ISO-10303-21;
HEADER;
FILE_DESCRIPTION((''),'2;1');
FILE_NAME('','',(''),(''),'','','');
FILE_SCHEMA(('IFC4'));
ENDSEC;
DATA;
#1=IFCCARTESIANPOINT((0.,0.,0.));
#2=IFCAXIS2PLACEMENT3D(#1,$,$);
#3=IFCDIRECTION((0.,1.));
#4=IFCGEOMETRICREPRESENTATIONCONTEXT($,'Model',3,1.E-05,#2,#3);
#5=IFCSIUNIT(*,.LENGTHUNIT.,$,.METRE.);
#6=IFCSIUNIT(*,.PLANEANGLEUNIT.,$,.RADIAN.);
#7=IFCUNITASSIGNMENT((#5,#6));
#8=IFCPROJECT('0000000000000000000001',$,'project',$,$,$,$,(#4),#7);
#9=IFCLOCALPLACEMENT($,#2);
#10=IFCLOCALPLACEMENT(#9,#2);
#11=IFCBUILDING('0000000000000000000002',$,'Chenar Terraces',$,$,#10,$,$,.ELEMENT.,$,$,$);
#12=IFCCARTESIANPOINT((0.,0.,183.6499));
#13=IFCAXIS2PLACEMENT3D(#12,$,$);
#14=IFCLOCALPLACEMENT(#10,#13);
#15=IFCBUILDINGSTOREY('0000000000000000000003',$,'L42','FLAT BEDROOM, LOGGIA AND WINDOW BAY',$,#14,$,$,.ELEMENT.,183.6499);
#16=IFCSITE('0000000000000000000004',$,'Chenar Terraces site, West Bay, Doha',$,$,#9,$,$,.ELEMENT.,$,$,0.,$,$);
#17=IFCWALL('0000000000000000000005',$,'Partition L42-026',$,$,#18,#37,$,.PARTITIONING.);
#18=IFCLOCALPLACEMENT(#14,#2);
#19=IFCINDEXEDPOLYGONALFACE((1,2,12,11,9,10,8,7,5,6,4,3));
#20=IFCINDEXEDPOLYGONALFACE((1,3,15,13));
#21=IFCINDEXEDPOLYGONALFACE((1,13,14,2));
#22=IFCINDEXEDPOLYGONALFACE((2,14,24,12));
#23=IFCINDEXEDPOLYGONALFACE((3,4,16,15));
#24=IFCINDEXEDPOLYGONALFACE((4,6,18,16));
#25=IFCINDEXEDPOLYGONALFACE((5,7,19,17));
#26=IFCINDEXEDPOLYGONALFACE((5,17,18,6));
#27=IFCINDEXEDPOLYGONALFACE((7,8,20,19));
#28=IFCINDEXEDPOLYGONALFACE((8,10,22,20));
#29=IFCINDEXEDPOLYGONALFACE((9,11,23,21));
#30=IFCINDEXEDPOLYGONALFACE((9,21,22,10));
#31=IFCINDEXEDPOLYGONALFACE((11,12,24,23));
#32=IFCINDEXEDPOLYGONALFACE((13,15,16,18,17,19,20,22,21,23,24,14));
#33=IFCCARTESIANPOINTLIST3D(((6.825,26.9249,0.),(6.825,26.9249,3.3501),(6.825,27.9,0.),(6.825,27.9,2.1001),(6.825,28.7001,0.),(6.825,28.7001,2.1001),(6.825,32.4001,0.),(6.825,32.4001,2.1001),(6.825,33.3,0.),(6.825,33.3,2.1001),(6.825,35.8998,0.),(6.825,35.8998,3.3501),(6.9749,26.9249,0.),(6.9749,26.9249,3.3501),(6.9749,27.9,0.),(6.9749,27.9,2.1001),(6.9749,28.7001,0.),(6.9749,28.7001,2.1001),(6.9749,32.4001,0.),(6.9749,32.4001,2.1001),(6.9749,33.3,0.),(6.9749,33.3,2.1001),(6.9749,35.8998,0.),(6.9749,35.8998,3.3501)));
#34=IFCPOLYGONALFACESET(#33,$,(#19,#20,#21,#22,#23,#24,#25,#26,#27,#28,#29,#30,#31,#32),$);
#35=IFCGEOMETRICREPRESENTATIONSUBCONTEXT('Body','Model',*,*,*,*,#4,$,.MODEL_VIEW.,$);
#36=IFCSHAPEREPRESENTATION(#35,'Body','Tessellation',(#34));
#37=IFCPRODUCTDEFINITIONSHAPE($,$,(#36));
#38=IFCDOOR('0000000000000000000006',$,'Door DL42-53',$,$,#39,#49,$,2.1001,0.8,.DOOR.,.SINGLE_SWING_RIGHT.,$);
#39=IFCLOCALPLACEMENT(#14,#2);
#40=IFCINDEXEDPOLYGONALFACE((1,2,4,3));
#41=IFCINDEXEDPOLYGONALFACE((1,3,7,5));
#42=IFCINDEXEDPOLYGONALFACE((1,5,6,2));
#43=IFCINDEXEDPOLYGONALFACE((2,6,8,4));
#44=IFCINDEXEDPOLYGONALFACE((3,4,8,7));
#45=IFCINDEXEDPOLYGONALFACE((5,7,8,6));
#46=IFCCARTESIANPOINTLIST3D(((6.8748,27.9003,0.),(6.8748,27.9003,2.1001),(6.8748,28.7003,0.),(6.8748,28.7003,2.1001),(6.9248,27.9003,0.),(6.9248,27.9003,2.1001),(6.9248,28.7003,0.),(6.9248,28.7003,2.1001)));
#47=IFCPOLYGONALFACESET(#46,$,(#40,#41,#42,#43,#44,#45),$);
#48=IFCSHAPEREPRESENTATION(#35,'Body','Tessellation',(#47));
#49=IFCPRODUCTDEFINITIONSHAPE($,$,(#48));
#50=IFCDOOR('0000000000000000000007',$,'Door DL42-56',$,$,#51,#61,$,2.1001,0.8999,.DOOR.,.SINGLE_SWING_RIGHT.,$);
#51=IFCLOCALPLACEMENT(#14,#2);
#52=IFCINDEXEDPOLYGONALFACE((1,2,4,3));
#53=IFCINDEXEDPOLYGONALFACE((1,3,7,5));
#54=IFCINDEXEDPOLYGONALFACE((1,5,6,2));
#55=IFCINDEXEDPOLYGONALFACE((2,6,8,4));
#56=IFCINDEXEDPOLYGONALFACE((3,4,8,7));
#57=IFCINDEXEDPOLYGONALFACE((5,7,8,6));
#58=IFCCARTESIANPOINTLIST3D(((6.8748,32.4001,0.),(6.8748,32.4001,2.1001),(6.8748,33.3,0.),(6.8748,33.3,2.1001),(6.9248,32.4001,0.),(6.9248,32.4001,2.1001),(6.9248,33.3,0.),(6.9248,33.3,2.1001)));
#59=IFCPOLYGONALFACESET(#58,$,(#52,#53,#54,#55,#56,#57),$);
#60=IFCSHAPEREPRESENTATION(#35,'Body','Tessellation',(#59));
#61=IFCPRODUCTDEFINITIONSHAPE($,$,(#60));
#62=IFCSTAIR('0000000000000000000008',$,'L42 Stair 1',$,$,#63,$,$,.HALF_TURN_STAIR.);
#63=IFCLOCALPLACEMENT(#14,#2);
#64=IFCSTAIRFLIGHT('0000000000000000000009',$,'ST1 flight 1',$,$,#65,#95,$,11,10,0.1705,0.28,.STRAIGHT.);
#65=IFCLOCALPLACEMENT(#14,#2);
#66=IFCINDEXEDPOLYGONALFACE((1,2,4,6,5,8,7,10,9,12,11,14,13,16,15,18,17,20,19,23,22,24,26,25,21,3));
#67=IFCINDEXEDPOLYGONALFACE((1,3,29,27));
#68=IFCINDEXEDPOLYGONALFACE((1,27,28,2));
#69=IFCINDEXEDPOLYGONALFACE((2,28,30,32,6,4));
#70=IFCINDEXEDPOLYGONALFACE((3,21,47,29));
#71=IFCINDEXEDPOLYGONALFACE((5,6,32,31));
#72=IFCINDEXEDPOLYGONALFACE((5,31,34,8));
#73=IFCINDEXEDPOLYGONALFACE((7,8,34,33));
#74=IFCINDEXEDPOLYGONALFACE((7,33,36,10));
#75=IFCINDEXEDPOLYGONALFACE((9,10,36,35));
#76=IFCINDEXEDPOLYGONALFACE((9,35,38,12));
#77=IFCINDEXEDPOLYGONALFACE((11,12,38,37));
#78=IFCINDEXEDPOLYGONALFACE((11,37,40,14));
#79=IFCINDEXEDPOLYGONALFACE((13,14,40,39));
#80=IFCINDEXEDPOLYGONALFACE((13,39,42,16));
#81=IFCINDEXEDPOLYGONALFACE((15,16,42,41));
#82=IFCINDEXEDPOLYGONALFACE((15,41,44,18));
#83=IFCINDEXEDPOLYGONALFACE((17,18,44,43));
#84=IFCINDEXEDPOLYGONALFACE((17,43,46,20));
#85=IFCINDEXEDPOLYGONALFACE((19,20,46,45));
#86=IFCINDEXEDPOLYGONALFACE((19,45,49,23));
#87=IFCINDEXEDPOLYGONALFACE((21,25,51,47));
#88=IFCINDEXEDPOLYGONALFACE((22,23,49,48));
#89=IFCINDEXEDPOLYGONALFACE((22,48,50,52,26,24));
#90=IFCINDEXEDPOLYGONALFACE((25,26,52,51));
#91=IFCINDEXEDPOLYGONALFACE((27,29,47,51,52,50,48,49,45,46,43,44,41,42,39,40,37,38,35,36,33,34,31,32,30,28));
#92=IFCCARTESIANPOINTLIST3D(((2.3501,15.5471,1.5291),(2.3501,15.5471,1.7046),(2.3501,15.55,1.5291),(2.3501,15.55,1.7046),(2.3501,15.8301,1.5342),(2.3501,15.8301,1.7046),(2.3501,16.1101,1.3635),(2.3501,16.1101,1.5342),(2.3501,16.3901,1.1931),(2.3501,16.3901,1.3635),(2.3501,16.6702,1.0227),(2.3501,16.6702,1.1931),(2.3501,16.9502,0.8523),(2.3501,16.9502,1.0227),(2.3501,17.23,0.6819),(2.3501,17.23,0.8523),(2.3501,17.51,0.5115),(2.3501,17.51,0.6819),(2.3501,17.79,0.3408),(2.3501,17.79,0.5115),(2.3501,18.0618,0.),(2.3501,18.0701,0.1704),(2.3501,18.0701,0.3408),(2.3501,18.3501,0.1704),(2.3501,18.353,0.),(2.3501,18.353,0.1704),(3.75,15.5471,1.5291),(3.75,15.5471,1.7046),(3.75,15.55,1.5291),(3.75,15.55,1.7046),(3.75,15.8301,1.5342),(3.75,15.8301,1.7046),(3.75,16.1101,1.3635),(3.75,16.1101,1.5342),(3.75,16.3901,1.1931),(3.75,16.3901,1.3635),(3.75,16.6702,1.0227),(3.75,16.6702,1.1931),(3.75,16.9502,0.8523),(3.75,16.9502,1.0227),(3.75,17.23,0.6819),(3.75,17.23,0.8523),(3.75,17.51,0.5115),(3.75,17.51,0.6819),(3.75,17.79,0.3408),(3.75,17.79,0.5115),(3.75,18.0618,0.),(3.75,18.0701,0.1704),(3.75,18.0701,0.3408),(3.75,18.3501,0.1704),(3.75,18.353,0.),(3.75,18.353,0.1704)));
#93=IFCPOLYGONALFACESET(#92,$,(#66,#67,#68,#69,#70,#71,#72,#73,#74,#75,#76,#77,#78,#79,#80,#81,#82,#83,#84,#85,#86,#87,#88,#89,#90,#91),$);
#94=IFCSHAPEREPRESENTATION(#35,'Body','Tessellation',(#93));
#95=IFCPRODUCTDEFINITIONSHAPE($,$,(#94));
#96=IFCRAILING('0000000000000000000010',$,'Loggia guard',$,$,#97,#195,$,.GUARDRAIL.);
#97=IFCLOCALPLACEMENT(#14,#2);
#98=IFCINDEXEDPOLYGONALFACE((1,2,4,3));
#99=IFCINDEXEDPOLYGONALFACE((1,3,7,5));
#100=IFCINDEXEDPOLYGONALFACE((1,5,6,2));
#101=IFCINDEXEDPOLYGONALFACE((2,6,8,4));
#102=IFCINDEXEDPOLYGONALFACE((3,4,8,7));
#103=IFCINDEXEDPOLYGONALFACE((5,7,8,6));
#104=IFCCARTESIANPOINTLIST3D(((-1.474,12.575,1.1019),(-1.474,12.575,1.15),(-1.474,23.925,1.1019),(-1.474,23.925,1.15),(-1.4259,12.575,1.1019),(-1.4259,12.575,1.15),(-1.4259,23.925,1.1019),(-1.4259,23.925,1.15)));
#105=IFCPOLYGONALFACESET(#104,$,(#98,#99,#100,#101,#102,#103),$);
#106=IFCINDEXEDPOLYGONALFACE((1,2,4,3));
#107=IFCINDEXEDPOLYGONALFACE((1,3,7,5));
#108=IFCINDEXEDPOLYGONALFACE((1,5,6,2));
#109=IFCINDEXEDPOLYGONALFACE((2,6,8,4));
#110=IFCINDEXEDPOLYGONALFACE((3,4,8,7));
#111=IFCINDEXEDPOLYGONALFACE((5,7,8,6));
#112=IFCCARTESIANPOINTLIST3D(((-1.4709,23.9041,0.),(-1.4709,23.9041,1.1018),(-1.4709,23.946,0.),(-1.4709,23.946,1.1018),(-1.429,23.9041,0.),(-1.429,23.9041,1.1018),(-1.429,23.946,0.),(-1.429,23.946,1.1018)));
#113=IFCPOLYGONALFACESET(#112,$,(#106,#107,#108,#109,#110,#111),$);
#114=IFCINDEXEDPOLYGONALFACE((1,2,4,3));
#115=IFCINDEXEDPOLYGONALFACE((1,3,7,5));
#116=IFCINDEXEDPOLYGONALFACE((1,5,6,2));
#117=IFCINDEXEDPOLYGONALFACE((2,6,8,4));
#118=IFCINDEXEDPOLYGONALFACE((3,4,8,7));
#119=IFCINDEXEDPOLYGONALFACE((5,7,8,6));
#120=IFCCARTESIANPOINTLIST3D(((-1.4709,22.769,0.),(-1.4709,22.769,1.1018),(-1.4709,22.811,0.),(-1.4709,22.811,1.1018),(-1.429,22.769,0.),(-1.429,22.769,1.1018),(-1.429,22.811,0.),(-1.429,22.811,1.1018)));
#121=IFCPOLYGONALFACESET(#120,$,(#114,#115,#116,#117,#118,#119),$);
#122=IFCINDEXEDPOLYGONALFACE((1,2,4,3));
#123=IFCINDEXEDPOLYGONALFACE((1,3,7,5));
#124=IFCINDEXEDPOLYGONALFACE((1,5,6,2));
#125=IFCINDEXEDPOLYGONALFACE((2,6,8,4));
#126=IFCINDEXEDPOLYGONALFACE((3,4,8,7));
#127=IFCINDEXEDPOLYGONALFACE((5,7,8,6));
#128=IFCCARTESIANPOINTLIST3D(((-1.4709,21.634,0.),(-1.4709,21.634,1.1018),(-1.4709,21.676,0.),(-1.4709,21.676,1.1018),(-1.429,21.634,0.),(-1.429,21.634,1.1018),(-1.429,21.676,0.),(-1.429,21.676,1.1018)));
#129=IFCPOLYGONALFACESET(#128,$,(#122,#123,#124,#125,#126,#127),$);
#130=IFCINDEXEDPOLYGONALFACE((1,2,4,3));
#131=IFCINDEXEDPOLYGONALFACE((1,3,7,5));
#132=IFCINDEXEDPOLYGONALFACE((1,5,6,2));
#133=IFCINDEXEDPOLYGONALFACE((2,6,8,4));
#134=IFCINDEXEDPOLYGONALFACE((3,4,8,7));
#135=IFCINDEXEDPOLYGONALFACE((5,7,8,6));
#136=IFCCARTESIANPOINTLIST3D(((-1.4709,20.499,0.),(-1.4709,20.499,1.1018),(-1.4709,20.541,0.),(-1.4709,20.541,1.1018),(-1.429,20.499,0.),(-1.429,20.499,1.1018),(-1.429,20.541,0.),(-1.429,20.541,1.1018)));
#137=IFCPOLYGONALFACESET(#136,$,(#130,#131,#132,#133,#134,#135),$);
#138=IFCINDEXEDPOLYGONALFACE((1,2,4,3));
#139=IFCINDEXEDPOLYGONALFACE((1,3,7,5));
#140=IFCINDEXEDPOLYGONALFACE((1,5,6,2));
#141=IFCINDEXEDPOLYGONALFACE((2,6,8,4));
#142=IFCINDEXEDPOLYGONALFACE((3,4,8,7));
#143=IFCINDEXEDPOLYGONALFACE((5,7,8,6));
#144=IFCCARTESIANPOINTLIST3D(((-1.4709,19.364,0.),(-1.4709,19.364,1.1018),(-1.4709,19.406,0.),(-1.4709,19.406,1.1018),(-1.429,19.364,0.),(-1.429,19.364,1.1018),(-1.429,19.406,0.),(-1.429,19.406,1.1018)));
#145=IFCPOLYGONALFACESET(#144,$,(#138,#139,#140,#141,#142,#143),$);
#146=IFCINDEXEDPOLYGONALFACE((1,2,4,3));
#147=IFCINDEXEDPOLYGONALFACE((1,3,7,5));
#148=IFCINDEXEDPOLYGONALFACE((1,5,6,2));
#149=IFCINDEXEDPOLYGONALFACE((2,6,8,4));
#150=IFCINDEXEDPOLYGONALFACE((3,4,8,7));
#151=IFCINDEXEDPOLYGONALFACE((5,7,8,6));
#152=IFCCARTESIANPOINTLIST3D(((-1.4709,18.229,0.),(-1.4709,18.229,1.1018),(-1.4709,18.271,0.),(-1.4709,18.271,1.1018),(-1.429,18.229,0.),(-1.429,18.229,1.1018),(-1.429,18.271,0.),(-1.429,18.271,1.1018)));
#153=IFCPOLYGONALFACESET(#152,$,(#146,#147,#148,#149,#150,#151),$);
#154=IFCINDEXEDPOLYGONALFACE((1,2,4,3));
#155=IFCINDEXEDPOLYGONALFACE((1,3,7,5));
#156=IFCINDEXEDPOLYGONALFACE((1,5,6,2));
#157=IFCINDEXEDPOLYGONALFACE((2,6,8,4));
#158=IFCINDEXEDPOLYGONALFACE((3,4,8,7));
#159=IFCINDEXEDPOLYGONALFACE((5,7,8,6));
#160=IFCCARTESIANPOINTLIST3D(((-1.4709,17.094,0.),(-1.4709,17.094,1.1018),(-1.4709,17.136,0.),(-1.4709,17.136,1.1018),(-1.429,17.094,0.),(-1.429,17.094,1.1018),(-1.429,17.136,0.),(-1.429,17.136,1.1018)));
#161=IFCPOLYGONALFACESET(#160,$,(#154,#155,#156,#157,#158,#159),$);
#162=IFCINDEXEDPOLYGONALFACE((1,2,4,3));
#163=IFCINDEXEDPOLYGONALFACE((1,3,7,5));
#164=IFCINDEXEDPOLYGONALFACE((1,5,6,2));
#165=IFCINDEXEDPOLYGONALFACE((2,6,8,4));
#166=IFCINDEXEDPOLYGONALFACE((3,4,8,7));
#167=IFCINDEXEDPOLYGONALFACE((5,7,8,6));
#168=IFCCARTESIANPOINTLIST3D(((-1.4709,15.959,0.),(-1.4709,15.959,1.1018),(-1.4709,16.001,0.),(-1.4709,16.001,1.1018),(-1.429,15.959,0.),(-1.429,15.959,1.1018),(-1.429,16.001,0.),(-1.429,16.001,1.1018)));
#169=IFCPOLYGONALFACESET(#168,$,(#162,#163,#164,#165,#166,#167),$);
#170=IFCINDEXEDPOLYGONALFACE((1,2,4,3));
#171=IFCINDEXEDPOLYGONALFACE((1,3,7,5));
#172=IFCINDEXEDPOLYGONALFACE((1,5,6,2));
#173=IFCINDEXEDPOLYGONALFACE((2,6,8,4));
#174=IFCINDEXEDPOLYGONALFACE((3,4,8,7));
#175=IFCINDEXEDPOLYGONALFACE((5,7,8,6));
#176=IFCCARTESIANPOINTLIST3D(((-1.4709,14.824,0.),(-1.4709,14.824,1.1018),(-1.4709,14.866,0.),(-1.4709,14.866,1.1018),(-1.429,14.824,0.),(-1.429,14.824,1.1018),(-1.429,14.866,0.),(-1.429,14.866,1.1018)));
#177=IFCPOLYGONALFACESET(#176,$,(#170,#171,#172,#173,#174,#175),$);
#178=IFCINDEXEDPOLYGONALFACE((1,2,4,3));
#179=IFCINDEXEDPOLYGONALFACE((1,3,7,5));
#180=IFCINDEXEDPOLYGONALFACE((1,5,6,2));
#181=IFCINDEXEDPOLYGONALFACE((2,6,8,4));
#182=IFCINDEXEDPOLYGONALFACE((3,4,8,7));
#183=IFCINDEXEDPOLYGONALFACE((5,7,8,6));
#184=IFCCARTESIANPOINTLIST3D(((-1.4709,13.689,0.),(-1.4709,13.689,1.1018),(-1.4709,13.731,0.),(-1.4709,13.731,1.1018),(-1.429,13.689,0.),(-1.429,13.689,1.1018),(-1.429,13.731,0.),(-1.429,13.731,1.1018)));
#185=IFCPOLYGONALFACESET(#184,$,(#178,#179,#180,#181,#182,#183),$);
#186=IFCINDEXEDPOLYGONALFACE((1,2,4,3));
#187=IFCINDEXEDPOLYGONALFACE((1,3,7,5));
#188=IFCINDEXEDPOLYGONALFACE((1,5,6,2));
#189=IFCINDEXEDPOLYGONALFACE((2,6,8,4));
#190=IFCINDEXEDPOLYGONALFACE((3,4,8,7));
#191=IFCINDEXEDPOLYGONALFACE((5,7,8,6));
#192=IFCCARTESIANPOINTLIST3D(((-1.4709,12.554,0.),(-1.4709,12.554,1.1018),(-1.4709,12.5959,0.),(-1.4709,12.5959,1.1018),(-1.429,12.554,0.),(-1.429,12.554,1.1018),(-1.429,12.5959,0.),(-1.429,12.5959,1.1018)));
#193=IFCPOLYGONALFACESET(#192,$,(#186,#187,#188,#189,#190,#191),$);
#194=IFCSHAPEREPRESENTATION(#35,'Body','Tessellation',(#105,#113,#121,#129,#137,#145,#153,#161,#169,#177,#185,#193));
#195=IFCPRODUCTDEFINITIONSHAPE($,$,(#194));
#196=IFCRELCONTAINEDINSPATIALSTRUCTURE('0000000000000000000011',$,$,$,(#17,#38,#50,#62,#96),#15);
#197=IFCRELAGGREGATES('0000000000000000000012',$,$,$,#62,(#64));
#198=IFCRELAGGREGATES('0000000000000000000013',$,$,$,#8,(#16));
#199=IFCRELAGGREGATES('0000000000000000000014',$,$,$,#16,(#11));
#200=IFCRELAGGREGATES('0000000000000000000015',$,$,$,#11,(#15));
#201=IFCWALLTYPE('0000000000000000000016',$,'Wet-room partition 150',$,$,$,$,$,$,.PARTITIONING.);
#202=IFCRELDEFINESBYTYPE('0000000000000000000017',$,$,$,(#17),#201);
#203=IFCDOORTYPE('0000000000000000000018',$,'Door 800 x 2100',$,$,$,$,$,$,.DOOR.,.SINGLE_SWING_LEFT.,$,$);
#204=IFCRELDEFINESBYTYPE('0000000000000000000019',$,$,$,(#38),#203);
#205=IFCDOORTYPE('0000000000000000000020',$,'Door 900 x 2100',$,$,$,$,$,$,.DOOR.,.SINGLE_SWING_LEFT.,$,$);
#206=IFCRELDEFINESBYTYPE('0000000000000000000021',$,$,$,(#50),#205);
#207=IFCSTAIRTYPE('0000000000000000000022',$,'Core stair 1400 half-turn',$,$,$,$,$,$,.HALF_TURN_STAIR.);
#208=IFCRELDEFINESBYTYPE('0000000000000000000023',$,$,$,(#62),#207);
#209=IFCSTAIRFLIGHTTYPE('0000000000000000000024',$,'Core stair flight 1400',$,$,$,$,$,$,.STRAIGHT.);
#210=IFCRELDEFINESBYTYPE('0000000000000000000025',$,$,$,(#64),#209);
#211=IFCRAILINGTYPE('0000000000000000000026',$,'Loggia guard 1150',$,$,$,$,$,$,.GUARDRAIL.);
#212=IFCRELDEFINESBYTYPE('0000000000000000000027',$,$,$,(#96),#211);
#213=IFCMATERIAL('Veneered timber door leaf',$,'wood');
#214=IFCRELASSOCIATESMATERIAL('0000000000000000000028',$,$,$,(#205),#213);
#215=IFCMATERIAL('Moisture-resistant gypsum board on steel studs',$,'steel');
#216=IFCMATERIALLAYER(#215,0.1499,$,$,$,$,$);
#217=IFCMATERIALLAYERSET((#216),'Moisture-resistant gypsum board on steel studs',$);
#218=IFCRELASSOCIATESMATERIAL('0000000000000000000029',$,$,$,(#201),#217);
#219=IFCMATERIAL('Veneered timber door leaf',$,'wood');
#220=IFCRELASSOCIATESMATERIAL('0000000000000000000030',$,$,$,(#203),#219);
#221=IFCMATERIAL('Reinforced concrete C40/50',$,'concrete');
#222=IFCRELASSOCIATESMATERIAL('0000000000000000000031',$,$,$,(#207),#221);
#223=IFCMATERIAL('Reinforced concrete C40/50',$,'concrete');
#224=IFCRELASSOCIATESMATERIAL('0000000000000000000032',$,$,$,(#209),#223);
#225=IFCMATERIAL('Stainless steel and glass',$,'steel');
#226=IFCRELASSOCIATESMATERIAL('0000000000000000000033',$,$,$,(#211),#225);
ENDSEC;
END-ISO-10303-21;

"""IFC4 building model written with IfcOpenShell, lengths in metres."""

from ifc_helpers import new_model, si_unit, direction, frame, frame_2d, origin, origin_2d, place, context, subcontext, project, spatial, polyline, rectangle, outline, extrude, material, layer, layer_set, type_object, element, fill, aggregate, save


model = new_model("IFC4")

# Units and contexts
model_context = context("Model", 3, precision=1e-05, world=origin(), true_north=direction((0.0, 1.0)))
body_context = subcontext(model_context, "Body", "Model", "MODEL_VIEW")
ifc_project = project(units=[si_unit("LENGTHUNIT", "METRE"), si_unit("PLANEANGLEUNIT", "RADIAN")], contexts=[model_context])

# Site, building, storey
site_placement = place(None, origin())
site = spatial("IfcSite", under=ifc_project, at=site_placement, Name="Chenar Terraces site, West Bay, Doha", CompositionType="ELEMENT", RefElevation=0.0)
building_placement = place(site_placement, origin())
building = spatial("IfcBuilding", under=site, at=building_placement, Name="Chenar Terraces", CompositionType="ELEMENT")
storey_placement = place(building_placement, frame((0.0, 0.0, 183.6499)))
storey = spatial("IfcBuildingStorey", under=building, at=storey_placement, Name="L42", Description="FLAT BEDROOM, LOGGIA AND WINDOW BAY", CompositionType="ELEMENT", Elevation=183.6499)

# Shared definitions
ifc_material_1 = material(Name="Veneered timber door leaf", Category="wood")
door_type_1 = type_object("IfcDoorType", Name="Door 900 x 2100", OperationType="SINGLE_SWING_LEFT", PredefinedType="DOOR", material=ifc_material_1)

# Wall, openings, doors
ifc_material_2 = material(Name="Moisture-resistant gypsum board on steel studs", Category="steel")
ifc_layer_1 = layer(ifc_material_2, 0.1499)
ifc_layer_set_1 = layer_set([ifc_layer_1], Name="Moisture-resistant gypsum board on steel studs")
wall_type_1 = type_object("IfcWallType", Name="Wet-room partition 150", PredefinedType="PARTITIONING", material=ifc_layer_set_1)
wall_1_placement = place(storey_placement, frame((6.8999, 26.925, 0.0), z_axis=(0.0, 0.0, 1.0), x_axis=(0.0, 1.0, 0.0)))
wall_1 = element("IfcWall", 1, at=wall_1_placement, inside=storey, type_object=wall_type_1, Name="Partition L42-026", PredefinedType="PARTITIONING", context=body_context, shape_type="SweptSolid", body=[
    extrude(rectangle(XDim=8.9749, YDim=0.1499, at=frame_2d((4.4873, 0.0))), origin(), (0.0, 0.0, 1.0), 3.3501),
])
opening_1_placement = place(wall_1_placement, frame((0.9751, 0.0, 0.0)))
opening_1 = element("IfcOpeningElement", 2, at=opening_1_placement, cuts=wall_1, PredefinedType="OPENING", context=body_context, shape_type="SweptSolid", body=[
    extrude(rectangle(XDim=0.8, YDim=2.1001, at=frame_2d((0.3999, 1.05))), frame((0.0, 0.085, 0.0), z_axis=(0.0, -1.0, 0.0), x_axis=(1.0, 0.0, 0.0)), (0.0, 0.0, 1.0), 0.1699),
])
opening_2_placement = place(wall_1_placement, frame((5.4751, 0.0, 0.0)))
opening_2 = element("IfcOpeningElement", 3, at=opening_2_placement, cuts=wall_1, PredefinedType="OPENING", context=body_context, shape_type="SweptSolid", body=[
    extrude(rectangle(XDim=0.8999, YDim=2.1001, at=frame_2d((0.45, 1.05))), frame((0.0, 0.085, 0.0), z_axis=(0.0, -1.0, 0.0), x_axis=(1.0, 0.0, 0.0)), (0.0, 0.0, 1.0), 0.1699),
])
ifc_material_3 = material(Name="Veneered timber door leaf", Category="wood")
door_type_2 = type_object("IfcDoorType", Name="Door 800 x 2100", OperationType="SINGLE_SWING_LEFT", PredefinedType="DOOR", material=ifc_material_3)
door_1_placement = place(opening_1_placement, frame((0.8, 0.0, 0.0), z_axis=(0.0, 0.0, 1.0), x_axis=(-1.0, 0.0, 0.0)))
door_1 = element("IfcDoor", 4, at=door_1_placement, inside=storey, type_object=door_type_2, Name="Door DL42-53", OperationType="SINGLE_SWING_RIGHT", OverallHeight=2.1001, OverallWidth=0.8, PredefinedType="DOOR", context=body_context, shape_type="SweptSolid", body=[
    extrude(rectangle(XDim=0.8, YDim=2.1001, at=frame_2d((0.3999, 1.05))), frame((0.0, 0.0249, 0.0), z_axis=(0.0, -1.0, 0.0), x_axis=(1.0, 0.0, 0.0)), (0.0, 0.0, 1.0), 0.05),
])
fill(opening_1, door_1)
door_2_placement = place(opening_2_placement, frame((0.8999, 0.0, 0.0), z_axis=(0.0, 0.0, 1.0), x_axis=(-1.0, 0.0, 0.0)))
door_2 = element("IfcDoor", 5, at=door_2_placement, inside=storey, type_object=door_type_1, Name="Door DL42-56", OperationType="SINGLE_SWING_RIGHT", OverallHeight=2.1001, OverallWidth=0.8999, PredefinedType="DOOR", context=body_context, shape_type="SweptSolid", body=[
    extrude(rectangle(XDim=0.8999, YDim=2.1001, at=frame_2d((0.45, 1.05))), frame((0.0, 0.0249, 0.0), z_axis=(0.0, -1.0, 0.0), x_axis=(1.0, 0.0, 0.0)), (0.0, 0.0, 1.0), 0.05),
])
fill(opening_2, door_2)

# Stair, stair flight
ifc_material_4 = material(Name="Reinforced concrete C40/50", Category="concrete")
stair_type = type_object("IfcStairType", Name="Core stair 1400 half-turn", PredefinedType="HALF_TURN_STAIR", material=ifc_material_4)
stair_placement = place(storey_placement, origin())
stair = element("IfcStair", 6, at=stair_placement, inside=storey, type_object=stair_type, Name="L42 Stair 1", PredefinedType="HALF_TURN_STAIR")
ifc_material_5 = material(Name="Reinforced concrete C40/50", Category="concrete")
stair_flight_type = type_object("IfcStairFlightType", Name="Core stair flight 1400", PredefinedType="STRAIGHT", material=ifc_material_5)
stair_flight_placement = place(storey_placement, frame((3.05, 18.3501, 0.0), z_axis=(0.0, 0.0, 1.0), x_axis=(0.0, -1.0, 0.0)))
stair_flight = element("IfcStairFlight", 7, at=stair_flight_placement, type_object=stair_flight_type, Name="ST1 flight 1", NumberOfRisers=11, NumberOfTreads=10, PredefinedType="STRAIGHT", RiserHeight=0.1705, TreadLength=0.28, context=body_context, shape_type="SweptSolid", body=[
    extrude(outline(polyline([(-0.0029, 0.0), (-0.0029, 0.1704), (0.0, 0.1704), (0.28, 0.1704), (0.28, 0.3408), (0.5601, 0.3408), (0.5601, 0.5115), (0.8401, 0.5115), (0.8401, 0.6819), (1.1201, 0.6819), (1.1201, 0.8523), (1.3999, 0.8523), (1.3999, 1.0227), (1.6799, 1.0227), (1.6799, 1.1931), (1.96, 1.1931), (1.96, 1.3635), (2.24, 1.3635), (2.24, 1.5342), (2.52, 1.5342), (2.52, 1.7046), (2.8, 1.7046), (2.803, 1.7046), (2.803, 1.5291), (2.8, 1.5291), (0.2883, 0.0), (-0.0029, 0.0)])), frame((0.0, 0.7, 0.0), z_axis=(0.0, -1.0, 0.0), x_axis=(1.0, 0.0, 0.0)), (0.0, 0.0, 1.0), 1.3999),
])
aggregate(stair, [stair_flight])

# Railing
ifc_material_6 = material(Name="Stainless steel and glass", Category="steel")
railing_type_1 = type_object("IfcRailingType", Name="Loggia guard 1150", PredefinedType="GUARDRAIL", material=ifc_material_6)
railing_1_placement = place(storey_placement, frame((-1.45, 23.925, 0.0)))
element("IfcRailing", 8, at=railing_1_placement, inside=storey, type_object=railing_type_1, Name="Loggia guard", PredefinedType="GUARDRAIL", context=body_context, shape_type="SweptSolid", body=[
    extrude(rectangle(XDim=0.0481, YDim=0.0481, at=origin_2d()), frame((0.0, 0.0, 1.126), z_axis=(0.0, -1.0, 0.0), x_axis=(1.0, 0.0, 0.0)), (0.0, 0.0, 1.0), 11.3501),
    extrude(rectangle(XDim=0.042, YDim=0.042, at=origin_2d()), origin(), (0.0, 0.0, 1.0), 1.1018),
    extrude(rectangle(XDim=0.042, YDim=0.042, at=origin_2d()), frame((0.0, -1.135, 0.0)), (0.0, 0.0, 1.0), 1.1018),
    extrude(rectangle(XDim=0.042, YDim=0.042, at=origin_2d()), frame((0.0, -2.27, 0.0)), (0.0, 0.0, 1.0), 1.1018),
    extrude(rectangle(XDim=0.042, YDim=0.042, at=origin_2d()), frame((0.0, -3.405, 0.0)), (0.0, 0.0, 1.0), 1.1018),
    extrude(rectangle(XDim=0.042, YDim=0.042, at=origin_2d()), frame((0.0, -4.54, 0.0)), (0.0, 0.0, 1.0), 1.1018),
    extrude(rectangle(XDim=0.042, YDim=0.042, at=origin_2d()), frame((0.0, -5.675, 0.0)), (0.0, 0.0, 1.0), 1.1018),
    extrude(rectangle(XDim=0.042, YDim=0.042, at=origin_2d()), frame((0.0, -6.8101, 0.0)), (0.0, 0.0, 1.0), 1.1018),
    extrude(rectangle(XDim=0.042, YDim=0.042, at=origin_2d()), frame((0.0, -7.9451, 0.0)), (0.0, 0.0, 1.0), 1.1018),
    extrude(rectangle(XDim=0.042, YDim=0.042, at=origin_2d()), frame((0.0, -9.0801, 0.0)), (0.0, 0.0, 1.0), 1.1018),
    extrude(rectangle(XDim=0.042, YDim=0.042, at=origin_2d()), frame((0.0, -10.2151, 0.0)), (0.0, 0.0, 1.0), 1.1018),
    extrude(rectangle(XDim=0.042, YDim=0.042, at=origin_2d()), frame((0.0, -11.3501, 0.0)), (0.0, 0.0, 1.0), 1.1018),
])

save(model, "model.ifc")
